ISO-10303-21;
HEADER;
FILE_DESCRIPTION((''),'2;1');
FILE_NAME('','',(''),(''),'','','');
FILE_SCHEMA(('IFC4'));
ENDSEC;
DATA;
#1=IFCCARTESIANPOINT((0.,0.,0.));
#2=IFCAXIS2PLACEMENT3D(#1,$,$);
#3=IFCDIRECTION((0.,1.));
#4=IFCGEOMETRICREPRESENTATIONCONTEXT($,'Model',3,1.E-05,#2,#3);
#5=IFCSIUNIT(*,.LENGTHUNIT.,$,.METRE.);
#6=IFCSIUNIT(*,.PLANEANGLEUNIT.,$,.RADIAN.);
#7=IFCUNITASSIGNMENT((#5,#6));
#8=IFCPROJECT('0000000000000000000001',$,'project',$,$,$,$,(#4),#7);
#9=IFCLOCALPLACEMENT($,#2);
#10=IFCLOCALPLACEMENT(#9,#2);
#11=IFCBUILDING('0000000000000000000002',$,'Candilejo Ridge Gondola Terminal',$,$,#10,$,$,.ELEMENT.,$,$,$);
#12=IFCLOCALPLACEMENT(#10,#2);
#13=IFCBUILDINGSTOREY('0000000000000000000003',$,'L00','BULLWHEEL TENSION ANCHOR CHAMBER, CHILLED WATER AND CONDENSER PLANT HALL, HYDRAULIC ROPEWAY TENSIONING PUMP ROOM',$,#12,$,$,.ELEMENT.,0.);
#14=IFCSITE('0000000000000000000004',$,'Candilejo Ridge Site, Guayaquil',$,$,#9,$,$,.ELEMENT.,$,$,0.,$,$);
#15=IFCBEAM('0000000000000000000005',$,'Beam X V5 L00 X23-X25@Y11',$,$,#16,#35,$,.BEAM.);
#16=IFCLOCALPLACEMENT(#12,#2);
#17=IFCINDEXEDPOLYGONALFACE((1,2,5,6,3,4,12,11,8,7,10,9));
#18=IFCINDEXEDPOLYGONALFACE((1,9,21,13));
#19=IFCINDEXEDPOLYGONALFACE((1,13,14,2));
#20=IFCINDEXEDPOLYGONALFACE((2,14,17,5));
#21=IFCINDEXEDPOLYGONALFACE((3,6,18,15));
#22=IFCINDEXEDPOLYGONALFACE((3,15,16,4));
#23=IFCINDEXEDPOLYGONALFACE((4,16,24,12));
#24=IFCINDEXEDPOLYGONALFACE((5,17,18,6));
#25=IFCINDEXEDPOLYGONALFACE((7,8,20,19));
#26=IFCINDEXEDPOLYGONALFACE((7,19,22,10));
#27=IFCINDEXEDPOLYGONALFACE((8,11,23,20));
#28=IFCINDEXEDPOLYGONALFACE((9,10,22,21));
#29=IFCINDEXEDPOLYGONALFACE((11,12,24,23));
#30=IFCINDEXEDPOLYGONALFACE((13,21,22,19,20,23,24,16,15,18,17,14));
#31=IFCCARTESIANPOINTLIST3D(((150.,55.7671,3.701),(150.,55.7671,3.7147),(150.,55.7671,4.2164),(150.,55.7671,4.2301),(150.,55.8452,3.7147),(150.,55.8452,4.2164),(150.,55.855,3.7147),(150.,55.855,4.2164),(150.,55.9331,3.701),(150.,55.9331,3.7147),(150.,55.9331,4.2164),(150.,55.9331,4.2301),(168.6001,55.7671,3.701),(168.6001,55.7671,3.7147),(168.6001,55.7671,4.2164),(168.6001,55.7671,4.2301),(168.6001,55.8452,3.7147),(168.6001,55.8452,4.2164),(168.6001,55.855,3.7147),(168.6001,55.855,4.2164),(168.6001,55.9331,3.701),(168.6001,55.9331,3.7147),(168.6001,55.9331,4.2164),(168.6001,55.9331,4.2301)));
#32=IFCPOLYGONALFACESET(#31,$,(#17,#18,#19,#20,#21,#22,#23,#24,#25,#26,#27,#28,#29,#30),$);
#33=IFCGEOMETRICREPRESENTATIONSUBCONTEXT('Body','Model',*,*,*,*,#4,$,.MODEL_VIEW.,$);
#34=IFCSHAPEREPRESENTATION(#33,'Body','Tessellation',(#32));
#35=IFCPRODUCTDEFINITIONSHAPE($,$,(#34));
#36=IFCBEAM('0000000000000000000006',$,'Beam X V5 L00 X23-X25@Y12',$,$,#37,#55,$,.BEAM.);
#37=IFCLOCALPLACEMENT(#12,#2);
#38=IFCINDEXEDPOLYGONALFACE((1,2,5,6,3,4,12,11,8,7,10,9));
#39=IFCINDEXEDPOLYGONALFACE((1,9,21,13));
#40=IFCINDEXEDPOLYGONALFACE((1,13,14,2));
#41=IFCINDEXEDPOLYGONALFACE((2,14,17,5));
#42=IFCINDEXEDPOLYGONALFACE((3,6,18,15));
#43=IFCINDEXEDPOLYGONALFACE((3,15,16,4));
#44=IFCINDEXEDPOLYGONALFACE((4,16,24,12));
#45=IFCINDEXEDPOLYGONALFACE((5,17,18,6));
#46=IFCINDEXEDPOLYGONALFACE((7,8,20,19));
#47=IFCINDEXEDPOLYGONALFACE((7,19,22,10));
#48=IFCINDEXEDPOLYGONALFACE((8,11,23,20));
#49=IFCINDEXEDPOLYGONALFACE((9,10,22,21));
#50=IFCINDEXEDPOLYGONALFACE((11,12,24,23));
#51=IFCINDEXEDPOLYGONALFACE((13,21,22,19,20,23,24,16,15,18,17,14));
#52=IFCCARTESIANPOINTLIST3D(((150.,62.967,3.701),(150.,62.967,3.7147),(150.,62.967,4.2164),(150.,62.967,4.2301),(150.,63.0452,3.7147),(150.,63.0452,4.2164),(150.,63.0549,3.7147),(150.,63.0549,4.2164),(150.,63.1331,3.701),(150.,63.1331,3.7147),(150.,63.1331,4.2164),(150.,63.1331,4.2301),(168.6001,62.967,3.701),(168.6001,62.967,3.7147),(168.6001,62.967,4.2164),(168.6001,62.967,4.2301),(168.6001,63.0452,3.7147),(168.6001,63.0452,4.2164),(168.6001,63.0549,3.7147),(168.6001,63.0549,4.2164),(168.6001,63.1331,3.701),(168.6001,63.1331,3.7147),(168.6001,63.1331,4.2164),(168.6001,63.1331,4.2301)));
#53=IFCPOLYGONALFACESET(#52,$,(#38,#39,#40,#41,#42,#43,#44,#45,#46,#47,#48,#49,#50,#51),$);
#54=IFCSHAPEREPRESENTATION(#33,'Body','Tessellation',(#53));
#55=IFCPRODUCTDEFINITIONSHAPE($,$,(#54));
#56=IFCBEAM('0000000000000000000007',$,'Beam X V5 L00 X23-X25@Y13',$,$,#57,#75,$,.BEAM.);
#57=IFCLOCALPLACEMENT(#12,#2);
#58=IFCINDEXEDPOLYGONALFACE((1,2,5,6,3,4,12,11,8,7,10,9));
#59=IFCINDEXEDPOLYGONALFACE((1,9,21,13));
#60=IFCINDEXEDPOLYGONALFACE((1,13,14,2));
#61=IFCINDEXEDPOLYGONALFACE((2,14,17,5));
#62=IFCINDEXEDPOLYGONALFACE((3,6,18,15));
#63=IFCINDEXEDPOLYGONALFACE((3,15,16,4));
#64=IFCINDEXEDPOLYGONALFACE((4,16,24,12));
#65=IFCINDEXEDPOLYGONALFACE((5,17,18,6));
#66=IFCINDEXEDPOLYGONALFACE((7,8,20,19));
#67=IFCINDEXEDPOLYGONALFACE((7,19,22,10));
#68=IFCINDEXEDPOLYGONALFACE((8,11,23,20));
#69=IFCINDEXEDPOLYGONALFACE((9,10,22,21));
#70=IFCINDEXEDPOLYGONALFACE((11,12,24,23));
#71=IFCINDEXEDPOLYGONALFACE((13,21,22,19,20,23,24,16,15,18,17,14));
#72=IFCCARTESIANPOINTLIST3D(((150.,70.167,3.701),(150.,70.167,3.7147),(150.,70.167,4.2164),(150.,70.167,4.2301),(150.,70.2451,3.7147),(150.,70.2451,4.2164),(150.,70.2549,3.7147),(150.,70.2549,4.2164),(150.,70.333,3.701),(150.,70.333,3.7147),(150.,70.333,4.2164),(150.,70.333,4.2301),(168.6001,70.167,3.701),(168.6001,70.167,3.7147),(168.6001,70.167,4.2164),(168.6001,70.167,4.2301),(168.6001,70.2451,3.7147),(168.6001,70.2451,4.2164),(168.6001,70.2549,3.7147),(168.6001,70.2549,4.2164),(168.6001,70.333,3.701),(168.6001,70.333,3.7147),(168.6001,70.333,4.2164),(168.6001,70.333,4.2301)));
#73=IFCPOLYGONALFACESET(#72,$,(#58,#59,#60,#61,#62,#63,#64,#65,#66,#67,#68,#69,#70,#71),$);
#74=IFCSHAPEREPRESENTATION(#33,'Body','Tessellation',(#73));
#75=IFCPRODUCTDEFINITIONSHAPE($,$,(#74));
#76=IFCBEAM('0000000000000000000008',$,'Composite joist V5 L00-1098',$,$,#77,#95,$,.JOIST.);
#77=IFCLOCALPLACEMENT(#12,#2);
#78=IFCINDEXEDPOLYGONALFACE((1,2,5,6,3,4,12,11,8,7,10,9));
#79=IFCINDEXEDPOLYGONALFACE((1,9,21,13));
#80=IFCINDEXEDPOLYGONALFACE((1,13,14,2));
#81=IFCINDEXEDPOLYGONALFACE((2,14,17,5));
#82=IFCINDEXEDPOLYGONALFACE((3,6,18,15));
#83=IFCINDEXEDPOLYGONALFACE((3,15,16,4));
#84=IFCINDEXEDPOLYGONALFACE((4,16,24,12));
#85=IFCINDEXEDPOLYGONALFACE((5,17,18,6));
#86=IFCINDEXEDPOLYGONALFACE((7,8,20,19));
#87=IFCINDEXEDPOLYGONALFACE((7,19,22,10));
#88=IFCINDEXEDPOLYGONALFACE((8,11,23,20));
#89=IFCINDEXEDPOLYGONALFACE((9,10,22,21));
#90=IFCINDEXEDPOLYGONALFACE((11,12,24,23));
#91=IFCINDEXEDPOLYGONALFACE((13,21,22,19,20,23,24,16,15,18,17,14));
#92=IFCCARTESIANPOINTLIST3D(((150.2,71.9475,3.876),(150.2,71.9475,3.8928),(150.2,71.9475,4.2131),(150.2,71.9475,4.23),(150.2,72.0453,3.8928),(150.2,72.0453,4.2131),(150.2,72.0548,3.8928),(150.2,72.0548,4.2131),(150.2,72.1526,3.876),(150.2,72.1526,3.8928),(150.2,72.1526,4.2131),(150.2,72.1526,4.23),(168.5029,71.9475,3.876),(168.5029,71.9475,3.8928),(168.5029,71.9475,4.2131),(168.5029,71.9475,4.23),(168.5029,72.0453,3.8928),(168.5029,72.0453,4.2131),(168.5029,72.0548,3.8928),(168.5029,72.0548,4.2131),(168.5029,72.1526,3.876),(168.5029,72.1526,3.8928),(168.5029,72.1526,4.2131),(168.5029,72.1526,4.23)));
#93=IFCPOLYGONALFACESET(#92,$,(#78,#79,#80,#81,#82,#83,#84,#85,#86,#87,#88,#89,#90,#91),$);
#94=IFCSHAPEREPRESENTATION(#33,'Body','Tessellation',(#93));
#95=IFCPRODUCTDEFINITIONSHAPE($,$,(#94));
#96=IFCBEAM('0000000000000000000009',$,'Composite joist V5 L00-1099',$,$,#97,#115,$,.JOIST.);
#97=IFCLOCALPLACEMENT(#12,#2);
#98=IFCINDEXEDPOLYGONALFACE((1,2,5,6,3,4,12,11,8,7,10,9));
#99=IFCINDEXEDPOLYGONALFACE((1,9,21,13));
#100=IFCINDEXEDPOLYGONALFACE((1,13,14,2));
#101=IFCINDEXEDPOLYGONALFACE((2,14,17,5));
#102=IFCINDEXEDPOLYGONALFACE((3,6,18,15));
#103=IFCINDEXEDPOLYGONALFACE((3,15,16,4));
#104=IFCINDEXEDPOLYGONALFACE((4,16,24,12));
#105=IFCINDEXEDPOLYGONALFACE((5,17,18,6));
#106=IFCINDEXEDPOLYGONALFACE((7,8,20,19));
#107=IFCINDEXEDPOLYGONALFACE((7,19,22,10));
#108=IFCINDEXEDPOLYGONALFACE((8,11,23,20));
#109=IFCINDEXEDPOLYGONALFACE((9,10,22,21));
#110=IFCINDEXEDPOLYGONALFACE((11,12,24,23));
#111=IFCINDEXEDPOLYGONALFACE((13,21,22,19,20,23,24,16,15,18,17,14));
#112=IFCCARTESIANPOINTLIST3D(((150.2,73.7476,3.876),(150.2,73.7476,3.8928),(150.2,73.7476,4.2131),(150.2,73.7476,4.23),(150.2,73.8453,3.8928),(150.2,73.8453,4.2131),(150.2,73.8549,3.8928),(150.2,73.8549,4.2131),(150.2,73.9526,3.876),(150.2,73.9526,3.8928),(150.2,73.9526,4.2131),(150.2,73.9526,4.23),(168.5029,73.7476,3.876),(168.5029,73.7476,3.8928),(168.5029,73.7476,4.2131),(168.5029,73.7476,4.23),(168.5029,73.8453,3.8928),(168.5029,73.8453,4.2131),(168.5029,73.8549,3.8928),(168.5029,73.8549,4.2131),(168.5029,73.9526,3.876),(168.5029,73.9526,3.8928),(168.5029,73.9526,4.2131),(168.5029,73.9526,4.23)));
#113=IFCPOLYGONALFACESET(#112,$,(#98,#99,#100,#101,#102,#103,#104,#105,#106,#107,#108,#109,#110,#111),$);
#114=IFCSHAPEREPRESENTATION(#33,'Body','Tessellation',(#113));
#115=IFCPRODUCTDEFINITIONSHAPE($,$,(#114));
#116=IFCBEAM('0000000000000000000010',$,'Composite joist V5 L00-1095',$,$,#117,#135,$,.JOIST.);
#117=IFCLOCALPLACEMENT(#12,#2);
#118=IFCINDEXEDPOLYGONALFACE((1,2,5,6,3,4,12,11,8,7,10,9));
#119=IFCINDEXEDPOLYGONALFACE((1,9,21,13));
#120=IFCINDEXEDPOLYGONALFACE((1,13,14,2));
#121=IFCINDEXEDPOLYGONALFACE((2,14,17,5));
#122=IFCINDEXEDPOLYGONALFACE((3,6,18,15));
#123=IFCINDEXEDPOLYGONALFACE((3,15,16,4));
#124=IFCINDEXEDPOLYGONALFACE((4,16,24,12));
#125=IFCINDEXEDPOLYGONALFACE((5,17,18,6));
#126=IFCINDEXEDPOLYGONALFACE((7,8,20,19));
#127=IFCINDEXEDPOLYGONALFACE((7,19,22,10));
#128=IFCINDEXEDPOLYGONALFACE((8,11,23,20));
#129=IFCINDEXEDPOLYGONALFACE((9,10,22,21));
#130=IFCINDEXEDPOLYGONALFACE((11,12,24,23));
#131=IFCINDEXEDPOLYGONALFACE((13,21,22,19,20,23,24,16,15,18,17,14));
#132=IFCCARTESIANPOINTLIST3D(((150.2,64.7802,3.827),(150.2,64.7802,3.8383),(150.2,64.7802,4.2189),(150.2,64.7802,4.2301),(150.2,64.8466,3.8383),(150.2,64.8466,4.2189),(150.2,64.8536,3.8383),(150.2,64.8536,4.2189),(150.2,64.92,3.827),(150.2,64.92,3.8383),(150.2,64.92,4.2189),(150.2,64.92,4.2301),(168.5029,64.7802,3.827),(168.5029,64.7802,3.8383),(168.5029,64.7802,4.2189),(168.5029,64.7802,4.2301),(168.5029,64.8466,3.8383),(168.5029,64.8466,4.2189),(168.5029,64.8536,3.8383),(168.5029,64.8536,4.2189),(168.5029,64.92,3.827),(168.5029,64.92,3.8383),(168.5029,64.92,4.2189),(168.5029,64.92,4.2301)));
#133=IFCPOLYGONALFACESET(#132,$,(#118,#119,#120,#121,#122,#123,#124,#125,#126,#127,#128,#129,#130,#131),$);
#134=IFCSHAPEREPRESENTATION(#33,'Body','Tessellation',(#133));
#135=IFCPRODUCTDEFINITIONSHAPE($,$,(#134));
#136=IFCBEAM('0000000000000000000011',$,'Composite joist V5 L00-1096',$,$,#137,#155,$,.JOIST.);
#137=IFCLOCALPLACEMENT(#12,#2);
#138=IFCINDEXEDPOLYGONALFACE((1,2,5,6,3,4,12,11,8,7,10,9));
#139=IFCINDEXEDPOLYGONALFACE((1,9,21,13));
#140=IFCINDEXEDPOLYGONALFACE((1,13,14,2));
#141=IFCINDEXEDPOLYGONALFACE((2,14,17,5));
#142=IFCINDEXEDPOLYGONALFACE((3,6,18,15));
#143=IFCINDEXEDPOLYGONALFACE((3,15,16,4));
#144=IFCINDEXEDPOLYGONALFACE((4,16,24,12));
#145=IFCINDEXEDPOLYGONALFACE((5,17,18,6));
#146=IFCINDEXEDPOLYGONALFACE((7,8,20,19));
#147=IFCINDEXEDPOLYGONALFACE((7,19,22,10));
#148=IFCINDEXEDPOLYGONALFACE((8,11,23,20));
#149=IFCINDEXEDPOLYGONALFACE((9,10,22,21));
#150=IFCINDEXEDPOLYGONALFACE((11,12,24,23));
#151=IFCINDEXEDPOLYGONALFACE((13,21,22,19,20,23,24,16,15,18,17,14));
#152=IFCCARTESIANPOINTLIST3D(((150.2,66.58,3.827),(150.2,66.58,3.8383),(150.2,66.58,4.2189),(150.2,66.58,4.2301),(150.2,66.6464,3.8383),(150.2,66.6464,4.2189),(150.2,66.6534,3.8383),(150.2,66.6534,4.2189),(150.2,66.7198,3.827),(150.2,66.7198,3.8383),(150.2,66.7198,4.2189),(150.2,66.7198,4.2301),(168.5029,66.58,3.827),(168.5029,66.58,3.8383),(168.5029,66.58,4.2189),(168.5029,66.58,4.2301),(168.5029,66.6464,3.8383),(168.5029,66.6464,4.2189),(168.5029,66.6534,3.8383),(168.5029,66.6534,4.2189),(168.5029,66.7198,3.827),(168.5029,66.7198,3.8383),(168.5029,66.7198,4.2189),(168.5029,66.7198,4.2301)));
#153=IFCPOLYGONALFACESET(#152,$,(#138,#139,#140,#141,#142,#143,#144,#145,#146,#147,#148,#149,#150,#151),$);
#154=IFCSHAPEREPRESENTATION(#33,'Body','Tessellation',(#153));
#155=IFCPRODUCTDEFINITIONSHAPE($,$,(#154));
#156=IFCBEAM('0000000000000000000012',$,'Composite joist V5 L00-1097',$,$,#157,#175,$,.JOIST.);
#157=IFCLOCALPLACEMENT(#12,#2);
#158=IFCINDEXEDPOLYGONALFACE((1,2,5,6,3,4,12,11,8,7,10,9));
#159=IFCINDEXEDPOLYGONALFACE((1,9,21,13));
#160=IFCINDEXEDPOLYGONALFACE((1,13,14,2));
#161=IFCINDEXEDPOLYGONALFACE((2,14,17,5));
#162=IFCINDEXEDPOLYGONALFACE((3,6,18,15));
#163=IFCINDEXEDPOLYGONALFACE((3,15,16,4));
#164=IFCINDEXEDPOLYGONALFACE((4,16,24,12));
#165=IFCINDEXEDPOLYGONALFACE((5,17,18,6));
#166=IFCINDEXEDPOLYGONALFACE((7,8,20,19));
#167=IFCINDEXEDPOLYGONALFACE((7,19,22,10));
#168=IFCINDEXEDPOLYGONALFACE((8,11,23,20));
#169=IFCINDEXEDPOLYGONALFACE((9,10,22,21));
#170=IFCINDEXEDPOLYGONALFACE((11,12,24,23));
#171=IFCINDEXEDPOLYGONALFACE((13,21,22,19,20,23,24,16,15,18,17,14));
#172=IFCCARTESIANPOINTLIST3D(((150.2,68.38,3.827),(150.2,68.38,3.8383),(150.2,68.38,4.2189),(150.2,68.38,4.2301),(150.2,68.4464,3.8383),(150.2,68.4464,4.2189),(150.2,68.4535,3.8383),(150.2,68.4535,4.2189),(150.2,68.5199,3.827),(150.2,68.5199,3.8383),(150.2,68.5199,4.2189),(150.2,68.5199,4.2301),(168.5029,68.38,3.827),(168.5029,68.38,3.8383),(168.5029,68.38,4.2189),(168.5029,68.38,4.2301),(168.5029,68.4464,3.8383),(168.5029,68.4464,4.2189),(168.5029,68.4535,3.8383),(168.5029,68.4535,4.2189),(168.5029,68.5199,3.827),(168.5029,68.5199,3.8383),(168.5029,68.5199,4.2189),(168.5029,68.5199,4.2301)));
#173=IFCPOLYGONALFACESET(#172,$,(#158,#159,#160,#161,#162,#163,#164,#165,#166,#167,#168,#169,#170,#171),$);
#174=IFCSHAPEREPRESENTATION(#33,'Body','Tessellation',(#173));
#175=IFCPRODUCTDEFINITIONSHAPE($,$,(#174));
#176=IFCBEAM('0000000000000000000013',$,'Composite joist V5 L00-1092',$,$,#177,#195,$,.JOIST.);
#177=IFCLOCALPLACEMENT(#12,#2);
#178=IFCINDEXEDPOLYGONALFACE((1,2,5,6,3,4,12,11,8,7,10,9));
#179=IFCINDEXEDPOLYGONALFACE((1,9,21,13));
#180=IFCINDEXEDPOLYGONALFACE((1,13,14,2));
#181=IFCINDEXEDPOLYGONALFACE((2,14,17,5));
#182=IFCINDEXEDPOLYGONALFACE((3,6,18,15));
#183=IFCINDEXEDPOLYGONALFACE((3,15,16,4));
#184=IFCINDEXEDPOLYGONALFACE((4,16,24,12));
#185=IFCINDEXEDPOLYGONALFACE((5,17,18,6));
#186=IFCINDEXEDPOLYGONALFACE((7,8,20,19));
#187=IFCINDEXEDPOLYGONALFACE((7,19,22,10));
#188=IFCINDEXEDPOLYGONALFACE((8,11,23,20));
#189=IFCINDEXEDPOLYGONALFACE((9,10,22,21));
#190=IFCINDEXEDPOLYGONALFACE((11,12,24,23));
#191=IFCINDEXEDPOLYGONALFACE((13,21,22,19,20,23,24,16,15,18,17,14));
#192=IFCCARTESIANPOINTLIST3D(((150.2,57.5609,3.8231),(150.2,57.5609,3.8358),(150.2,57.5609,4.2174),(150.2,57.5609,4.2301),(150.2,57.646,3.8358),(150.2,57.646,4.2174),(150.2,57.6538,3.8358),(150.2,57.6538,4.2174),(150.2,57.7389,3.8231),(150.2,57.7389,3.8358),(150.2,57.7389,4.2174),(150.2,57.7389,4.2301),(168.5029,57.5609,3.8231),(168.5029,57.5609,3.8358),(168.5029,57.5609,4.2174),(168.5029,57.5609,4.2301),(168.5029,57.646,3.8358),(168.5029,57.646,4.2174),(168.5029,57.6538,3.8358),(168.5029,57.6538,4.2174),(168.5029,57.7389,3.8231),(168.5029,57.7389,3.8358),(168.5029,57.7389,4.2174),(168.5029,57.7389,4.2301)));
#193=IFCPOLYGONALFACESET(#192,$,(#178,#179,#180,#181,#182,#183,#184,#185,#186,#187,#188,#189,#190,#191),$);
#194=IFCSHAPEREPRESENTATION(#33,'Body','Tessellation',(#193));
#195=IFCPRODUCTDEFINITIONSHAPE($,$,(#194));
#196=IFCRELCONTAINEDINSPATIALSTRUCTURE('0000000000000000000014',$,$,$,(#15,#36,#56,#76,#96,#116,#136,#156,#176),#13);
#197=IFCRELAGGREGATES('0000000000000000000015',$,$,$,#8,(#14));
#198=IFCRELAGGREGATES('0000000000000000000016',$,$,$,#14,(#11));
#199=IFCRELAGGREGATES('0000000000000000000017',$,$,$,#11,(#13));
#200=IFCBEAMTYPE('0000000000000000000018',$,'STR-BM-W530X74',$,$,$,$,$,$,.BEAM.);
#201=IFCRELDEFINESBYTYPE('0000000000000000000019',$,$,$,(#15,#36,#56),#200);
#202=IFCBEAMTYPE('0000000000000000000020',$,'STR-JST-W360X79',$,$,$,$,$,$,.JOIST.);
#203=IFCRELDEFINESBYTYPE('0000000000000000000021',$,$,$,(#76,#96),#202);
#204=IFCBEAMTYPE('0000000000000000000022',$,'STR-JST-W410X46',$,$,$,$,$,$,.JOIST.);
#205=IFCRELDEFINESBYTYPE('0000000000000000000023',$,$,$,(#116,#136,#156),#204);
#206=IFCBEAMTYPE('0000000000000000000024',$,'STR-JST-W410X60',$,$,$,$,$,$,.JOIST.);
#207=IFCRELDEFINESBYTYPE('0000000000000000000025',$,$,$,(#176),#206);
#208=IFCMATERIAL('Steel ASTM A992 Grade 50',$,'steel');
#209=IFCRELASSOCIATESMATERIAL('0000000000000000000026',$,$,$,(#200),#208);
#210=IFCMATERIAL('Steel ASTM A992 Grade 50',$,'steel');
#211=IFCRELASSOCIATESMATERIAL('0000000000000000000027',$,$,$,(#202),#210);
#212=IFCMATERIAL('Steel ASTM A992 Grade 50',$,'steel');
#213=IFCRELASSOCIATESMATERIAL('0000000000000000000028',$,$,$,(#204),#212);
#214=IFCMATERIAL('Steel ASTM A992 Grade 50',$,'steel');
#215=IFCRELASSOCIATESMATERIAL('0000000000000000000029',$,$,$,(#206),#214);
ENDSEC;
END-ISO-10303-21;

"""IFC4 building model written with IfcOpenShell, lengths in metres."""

from ifc_helpers import new_model, si_unit, direction, frame, origin, origin_2d, place, context, subcontext, project, spatial, i_section, extrude, material, material_profile, profile_set, type_object, element, save


model = new_model("IFC4")

# Units and contexts
model_context = context("Model", 3, precision=1e-05, world=origin(), true_north=direction((0.0, 1.0)))
body_context = subcontext(model_context, "Body", "Model", "MODEL_VIEW")
ifc_project = project(units=[si_unit("LENGTHUNIT", "METRE"), si_unit("PLANEANGLEUNIT", "RADIAN")], contexts=[model_context])

# Site, building, storey
site_placement = place(None, origin())
site = spatial("IfcSite", under=ifc_project, at=site_placement, Name="Candilejo Ridge Site, Guayaquil", CompositionType="ELEMENT", RefElevation=0.0)
building_placement = place(site_placement, origin())
building = spatial("IfcBuilding", under=site, at=building_placement, Name="Candilejo Ridge Gondola Terminal", CompositionType="ELEMENT")
storey_placement = place(building_placement, origin())
storey = spatial("IfcBuildingStorey", under=building, at=storey_placement, Name="L00", Description="BULLWHEEL TENSION ANCHOR CHAMBER, CHILLED WATER AND CONDENSER PLANT HALL, HYDRAULIC ROPEWAY TENSIONING PUMP ROOM", CompositionType="ELEMENT", Elevation=0.0)

# Beams
ifc_material_1 = material(Name="Steel ASTM A992 Grade 50", Category="steel")
ifc_material_profile_1 = material_profile(ifc_material_1, i_section(OverallWidth=0.166, OverallDepth=0.5291, WebThickness=0.0098, FlangeThickness=0.0137, at=origin_2d()))
ifc_profile_set_1 = profile_set([ifc_material_profile_1], Name="Steel ASTM A992 Grade 50")
beam_type_1 = type_object("IfcBeamType", Name="STR-BM-W530X74", PredefinedType="BEAM", material=ifc_profile_set_1)
for number, where, z_axis, x_axis, name in (
    (1, (150.0, 55.8501, 3.9656), (1.0, 0.0, 0.0), (0.0, 1.0, 0.0), "Beam X V5 L00 X23-X25@Y11"),
    (2, (150.0, 63.05, 3.9656), (1.0, 0.0, 0.0), (0.0, 1.0, 0.0), "Beam X V5 L00 X23-X25@Y12"),
    (3, (150.0, 70.25, 3.9656), (1.0, 0.0, 0.0), (0.0, 1.0, 0.0), "Beam X V5 L00 X23-X25@Y13"),
):
    element("IfcBeam", number, at=place(storey_placement, frame(where, z_axis=z_axis, x_axis=x_axis)), inside=storey, type_object=beam_type_1, Name=name, PredefinedType="BEAM", context=body_context, shape_type="SweptSolid", body=[
        extrude(i_section(OverallWidth=0.166, OverallDepth=0.5291, WebThickness=0.0098, FlangeThickness=0.0137, at=origin_2d()), origin(), (0.0, 0.0, 1.0), 18.6001),
    ])
ifc_material_2 = material(Name="Steel ASTM A992 Grade 50", Category="steel")
ifc_material_profile_2 = material_profile(ifc_material_2, i_section(OverallWidth=0.2051, OverallDepth=0.354, WebThickness=0.0095, FlangeThickness=0.0168, at=origin_2d()))
ifc_profile_set_2 = profile_set([ifc_material_profile_2], Name="Steel ASTM A992 Grade 50")
beam_type_2 = type_object("IfcBeamType", Name="STR-JST-W360X79", PredefinedType="JOIST", material=ifc_profile_set_2)
for number, where, z_axis, x_axis, name in (
    (4, (150.2, 72.05, 4.053), (1.0, 0.0, 0.0), (0.0, 1.0, 0.0), "Composite joist V5 L00-1098"),
    (5, (150.2, 73.8501, 4.053), (1.0, 0.0, 0.0), (0.0, 1.0, 0.0), "Composite joist V5 L00-1099"),
):
    element("IfcBeam", number, at=place(storey_placement, frame(where, z_axis=z_axis, x_axis=x_axis)), inside=storey, type_object=beam_type_2, Name=name, PredefinedType="JOIST", context=body_context, shape_type="SweptSolid", body=[
        extrude(i_section(OverallWidth=0.2051, OverallDepth=0.354, WebThickness=0.0095, FlangeThickness=0.0168, at=origin_2d()), origin(), (0.0, 0.0, 1.0), 18.303),
    ])
ifc_material_3 = material(Name="Steel ASTM A992 Grade 50", Category="steel")
ifc_material_profile_3 = material_profile(ifc_material_3, i_section(OverallWidth=0.1399, OverallDepth=0.4031, WebThickness=0.0071, FlangeThickness=0.0112, at=origin_2d()))
ifc_profile_set_3 = profile_set([ifc_material_profile_3], Name="Steel ASTM A992 Grade 50")
beam_type_3 = type_object("IfcBeamType", Name="STR-JST-W410X46", PredefinedType="JOIST", material=ifc_profile_set_3)
for number, where, z_axis, x_axis, name in (
    (6, (150.2, 64.8501, 4.0286), (1.0, 0.0, 0.0), (0.0, 1.0, 0.0), "Composite joist V5 L00-1095"),
    (7, (150.2, 66.6499, 4.0286), (1.0, 0.0, 0.0), (0.0, 1.0, 0.0), "Composite joist V5 L00-1096"),
    (8, (150.2, 68.45, 4.0286), (1.0, 0.0, 0.0), (0.0, 1.0, 0.0), "Composite joist V5 L00-1097"),
):
    element("IfcBeam", number, at=place(storey_placement, frame(where, z_axis=z_axis, x_axis=x_axis)), inside=storey, type_object=beam_type_3, Name=name, PredefinedType="JOIST", context=body_context, shape_type="SweptSolid", body=[
        extrude(i_section(OverallWidth=0.1399, OverallDepth=0.4031, WebThickness=0.0071, FlangeThickness=0.0112, at=origin_2d()), origin(), (0.0, 0.0, 1.0), 18.303),
    ])
ifc_material_4 = material(Name="Steel ASTM A992 Grade 50", Category="steel")
ifc_material_profile_4 = material_profile(ifc_material_4, i_section(OverallWidth=0.178, OverallDepth=0.407, WebThickness=0.0078, FlangeThickness=0.0127, at=origin_2d()))
ifc_profile_set_4 = profile_set([ifc_material_profile_4], Name="Steel ASTM A992 Grade 50")
beam_type_4 = type_object("IfcBeamType", Name="STR-JST-W410X60", PredefinedType="JOIST", material=ifc_profile_set_4)
for number, where, z_axis, x_axis, name in (
    (9, (150.2, 57.6499, 4.0266), (1.0, 0.0, 0.0), (0.0, 1.0, 0.0), "Composite joist V5 L00-1092"),
):
    element("IfcBeam", number, at=place(storey_placement, frame(where, z_axis=z_axis, x_axis=x_axis)), inside=storey, type_object=beam_type_4, Name=name, PredefinedType="JOIST", context=body_context, shape_type="SweptSolid", body=[
        extrude(i_section(OverallWidth=0.178, OverallDepth=0.407, WebThickness=0.0078, FlangeThickness=0.0127, at=origin_2d()), origin(), (0.0, 0.0, 1.0), 18.303),
    ])

save(model, "model.ifc")
